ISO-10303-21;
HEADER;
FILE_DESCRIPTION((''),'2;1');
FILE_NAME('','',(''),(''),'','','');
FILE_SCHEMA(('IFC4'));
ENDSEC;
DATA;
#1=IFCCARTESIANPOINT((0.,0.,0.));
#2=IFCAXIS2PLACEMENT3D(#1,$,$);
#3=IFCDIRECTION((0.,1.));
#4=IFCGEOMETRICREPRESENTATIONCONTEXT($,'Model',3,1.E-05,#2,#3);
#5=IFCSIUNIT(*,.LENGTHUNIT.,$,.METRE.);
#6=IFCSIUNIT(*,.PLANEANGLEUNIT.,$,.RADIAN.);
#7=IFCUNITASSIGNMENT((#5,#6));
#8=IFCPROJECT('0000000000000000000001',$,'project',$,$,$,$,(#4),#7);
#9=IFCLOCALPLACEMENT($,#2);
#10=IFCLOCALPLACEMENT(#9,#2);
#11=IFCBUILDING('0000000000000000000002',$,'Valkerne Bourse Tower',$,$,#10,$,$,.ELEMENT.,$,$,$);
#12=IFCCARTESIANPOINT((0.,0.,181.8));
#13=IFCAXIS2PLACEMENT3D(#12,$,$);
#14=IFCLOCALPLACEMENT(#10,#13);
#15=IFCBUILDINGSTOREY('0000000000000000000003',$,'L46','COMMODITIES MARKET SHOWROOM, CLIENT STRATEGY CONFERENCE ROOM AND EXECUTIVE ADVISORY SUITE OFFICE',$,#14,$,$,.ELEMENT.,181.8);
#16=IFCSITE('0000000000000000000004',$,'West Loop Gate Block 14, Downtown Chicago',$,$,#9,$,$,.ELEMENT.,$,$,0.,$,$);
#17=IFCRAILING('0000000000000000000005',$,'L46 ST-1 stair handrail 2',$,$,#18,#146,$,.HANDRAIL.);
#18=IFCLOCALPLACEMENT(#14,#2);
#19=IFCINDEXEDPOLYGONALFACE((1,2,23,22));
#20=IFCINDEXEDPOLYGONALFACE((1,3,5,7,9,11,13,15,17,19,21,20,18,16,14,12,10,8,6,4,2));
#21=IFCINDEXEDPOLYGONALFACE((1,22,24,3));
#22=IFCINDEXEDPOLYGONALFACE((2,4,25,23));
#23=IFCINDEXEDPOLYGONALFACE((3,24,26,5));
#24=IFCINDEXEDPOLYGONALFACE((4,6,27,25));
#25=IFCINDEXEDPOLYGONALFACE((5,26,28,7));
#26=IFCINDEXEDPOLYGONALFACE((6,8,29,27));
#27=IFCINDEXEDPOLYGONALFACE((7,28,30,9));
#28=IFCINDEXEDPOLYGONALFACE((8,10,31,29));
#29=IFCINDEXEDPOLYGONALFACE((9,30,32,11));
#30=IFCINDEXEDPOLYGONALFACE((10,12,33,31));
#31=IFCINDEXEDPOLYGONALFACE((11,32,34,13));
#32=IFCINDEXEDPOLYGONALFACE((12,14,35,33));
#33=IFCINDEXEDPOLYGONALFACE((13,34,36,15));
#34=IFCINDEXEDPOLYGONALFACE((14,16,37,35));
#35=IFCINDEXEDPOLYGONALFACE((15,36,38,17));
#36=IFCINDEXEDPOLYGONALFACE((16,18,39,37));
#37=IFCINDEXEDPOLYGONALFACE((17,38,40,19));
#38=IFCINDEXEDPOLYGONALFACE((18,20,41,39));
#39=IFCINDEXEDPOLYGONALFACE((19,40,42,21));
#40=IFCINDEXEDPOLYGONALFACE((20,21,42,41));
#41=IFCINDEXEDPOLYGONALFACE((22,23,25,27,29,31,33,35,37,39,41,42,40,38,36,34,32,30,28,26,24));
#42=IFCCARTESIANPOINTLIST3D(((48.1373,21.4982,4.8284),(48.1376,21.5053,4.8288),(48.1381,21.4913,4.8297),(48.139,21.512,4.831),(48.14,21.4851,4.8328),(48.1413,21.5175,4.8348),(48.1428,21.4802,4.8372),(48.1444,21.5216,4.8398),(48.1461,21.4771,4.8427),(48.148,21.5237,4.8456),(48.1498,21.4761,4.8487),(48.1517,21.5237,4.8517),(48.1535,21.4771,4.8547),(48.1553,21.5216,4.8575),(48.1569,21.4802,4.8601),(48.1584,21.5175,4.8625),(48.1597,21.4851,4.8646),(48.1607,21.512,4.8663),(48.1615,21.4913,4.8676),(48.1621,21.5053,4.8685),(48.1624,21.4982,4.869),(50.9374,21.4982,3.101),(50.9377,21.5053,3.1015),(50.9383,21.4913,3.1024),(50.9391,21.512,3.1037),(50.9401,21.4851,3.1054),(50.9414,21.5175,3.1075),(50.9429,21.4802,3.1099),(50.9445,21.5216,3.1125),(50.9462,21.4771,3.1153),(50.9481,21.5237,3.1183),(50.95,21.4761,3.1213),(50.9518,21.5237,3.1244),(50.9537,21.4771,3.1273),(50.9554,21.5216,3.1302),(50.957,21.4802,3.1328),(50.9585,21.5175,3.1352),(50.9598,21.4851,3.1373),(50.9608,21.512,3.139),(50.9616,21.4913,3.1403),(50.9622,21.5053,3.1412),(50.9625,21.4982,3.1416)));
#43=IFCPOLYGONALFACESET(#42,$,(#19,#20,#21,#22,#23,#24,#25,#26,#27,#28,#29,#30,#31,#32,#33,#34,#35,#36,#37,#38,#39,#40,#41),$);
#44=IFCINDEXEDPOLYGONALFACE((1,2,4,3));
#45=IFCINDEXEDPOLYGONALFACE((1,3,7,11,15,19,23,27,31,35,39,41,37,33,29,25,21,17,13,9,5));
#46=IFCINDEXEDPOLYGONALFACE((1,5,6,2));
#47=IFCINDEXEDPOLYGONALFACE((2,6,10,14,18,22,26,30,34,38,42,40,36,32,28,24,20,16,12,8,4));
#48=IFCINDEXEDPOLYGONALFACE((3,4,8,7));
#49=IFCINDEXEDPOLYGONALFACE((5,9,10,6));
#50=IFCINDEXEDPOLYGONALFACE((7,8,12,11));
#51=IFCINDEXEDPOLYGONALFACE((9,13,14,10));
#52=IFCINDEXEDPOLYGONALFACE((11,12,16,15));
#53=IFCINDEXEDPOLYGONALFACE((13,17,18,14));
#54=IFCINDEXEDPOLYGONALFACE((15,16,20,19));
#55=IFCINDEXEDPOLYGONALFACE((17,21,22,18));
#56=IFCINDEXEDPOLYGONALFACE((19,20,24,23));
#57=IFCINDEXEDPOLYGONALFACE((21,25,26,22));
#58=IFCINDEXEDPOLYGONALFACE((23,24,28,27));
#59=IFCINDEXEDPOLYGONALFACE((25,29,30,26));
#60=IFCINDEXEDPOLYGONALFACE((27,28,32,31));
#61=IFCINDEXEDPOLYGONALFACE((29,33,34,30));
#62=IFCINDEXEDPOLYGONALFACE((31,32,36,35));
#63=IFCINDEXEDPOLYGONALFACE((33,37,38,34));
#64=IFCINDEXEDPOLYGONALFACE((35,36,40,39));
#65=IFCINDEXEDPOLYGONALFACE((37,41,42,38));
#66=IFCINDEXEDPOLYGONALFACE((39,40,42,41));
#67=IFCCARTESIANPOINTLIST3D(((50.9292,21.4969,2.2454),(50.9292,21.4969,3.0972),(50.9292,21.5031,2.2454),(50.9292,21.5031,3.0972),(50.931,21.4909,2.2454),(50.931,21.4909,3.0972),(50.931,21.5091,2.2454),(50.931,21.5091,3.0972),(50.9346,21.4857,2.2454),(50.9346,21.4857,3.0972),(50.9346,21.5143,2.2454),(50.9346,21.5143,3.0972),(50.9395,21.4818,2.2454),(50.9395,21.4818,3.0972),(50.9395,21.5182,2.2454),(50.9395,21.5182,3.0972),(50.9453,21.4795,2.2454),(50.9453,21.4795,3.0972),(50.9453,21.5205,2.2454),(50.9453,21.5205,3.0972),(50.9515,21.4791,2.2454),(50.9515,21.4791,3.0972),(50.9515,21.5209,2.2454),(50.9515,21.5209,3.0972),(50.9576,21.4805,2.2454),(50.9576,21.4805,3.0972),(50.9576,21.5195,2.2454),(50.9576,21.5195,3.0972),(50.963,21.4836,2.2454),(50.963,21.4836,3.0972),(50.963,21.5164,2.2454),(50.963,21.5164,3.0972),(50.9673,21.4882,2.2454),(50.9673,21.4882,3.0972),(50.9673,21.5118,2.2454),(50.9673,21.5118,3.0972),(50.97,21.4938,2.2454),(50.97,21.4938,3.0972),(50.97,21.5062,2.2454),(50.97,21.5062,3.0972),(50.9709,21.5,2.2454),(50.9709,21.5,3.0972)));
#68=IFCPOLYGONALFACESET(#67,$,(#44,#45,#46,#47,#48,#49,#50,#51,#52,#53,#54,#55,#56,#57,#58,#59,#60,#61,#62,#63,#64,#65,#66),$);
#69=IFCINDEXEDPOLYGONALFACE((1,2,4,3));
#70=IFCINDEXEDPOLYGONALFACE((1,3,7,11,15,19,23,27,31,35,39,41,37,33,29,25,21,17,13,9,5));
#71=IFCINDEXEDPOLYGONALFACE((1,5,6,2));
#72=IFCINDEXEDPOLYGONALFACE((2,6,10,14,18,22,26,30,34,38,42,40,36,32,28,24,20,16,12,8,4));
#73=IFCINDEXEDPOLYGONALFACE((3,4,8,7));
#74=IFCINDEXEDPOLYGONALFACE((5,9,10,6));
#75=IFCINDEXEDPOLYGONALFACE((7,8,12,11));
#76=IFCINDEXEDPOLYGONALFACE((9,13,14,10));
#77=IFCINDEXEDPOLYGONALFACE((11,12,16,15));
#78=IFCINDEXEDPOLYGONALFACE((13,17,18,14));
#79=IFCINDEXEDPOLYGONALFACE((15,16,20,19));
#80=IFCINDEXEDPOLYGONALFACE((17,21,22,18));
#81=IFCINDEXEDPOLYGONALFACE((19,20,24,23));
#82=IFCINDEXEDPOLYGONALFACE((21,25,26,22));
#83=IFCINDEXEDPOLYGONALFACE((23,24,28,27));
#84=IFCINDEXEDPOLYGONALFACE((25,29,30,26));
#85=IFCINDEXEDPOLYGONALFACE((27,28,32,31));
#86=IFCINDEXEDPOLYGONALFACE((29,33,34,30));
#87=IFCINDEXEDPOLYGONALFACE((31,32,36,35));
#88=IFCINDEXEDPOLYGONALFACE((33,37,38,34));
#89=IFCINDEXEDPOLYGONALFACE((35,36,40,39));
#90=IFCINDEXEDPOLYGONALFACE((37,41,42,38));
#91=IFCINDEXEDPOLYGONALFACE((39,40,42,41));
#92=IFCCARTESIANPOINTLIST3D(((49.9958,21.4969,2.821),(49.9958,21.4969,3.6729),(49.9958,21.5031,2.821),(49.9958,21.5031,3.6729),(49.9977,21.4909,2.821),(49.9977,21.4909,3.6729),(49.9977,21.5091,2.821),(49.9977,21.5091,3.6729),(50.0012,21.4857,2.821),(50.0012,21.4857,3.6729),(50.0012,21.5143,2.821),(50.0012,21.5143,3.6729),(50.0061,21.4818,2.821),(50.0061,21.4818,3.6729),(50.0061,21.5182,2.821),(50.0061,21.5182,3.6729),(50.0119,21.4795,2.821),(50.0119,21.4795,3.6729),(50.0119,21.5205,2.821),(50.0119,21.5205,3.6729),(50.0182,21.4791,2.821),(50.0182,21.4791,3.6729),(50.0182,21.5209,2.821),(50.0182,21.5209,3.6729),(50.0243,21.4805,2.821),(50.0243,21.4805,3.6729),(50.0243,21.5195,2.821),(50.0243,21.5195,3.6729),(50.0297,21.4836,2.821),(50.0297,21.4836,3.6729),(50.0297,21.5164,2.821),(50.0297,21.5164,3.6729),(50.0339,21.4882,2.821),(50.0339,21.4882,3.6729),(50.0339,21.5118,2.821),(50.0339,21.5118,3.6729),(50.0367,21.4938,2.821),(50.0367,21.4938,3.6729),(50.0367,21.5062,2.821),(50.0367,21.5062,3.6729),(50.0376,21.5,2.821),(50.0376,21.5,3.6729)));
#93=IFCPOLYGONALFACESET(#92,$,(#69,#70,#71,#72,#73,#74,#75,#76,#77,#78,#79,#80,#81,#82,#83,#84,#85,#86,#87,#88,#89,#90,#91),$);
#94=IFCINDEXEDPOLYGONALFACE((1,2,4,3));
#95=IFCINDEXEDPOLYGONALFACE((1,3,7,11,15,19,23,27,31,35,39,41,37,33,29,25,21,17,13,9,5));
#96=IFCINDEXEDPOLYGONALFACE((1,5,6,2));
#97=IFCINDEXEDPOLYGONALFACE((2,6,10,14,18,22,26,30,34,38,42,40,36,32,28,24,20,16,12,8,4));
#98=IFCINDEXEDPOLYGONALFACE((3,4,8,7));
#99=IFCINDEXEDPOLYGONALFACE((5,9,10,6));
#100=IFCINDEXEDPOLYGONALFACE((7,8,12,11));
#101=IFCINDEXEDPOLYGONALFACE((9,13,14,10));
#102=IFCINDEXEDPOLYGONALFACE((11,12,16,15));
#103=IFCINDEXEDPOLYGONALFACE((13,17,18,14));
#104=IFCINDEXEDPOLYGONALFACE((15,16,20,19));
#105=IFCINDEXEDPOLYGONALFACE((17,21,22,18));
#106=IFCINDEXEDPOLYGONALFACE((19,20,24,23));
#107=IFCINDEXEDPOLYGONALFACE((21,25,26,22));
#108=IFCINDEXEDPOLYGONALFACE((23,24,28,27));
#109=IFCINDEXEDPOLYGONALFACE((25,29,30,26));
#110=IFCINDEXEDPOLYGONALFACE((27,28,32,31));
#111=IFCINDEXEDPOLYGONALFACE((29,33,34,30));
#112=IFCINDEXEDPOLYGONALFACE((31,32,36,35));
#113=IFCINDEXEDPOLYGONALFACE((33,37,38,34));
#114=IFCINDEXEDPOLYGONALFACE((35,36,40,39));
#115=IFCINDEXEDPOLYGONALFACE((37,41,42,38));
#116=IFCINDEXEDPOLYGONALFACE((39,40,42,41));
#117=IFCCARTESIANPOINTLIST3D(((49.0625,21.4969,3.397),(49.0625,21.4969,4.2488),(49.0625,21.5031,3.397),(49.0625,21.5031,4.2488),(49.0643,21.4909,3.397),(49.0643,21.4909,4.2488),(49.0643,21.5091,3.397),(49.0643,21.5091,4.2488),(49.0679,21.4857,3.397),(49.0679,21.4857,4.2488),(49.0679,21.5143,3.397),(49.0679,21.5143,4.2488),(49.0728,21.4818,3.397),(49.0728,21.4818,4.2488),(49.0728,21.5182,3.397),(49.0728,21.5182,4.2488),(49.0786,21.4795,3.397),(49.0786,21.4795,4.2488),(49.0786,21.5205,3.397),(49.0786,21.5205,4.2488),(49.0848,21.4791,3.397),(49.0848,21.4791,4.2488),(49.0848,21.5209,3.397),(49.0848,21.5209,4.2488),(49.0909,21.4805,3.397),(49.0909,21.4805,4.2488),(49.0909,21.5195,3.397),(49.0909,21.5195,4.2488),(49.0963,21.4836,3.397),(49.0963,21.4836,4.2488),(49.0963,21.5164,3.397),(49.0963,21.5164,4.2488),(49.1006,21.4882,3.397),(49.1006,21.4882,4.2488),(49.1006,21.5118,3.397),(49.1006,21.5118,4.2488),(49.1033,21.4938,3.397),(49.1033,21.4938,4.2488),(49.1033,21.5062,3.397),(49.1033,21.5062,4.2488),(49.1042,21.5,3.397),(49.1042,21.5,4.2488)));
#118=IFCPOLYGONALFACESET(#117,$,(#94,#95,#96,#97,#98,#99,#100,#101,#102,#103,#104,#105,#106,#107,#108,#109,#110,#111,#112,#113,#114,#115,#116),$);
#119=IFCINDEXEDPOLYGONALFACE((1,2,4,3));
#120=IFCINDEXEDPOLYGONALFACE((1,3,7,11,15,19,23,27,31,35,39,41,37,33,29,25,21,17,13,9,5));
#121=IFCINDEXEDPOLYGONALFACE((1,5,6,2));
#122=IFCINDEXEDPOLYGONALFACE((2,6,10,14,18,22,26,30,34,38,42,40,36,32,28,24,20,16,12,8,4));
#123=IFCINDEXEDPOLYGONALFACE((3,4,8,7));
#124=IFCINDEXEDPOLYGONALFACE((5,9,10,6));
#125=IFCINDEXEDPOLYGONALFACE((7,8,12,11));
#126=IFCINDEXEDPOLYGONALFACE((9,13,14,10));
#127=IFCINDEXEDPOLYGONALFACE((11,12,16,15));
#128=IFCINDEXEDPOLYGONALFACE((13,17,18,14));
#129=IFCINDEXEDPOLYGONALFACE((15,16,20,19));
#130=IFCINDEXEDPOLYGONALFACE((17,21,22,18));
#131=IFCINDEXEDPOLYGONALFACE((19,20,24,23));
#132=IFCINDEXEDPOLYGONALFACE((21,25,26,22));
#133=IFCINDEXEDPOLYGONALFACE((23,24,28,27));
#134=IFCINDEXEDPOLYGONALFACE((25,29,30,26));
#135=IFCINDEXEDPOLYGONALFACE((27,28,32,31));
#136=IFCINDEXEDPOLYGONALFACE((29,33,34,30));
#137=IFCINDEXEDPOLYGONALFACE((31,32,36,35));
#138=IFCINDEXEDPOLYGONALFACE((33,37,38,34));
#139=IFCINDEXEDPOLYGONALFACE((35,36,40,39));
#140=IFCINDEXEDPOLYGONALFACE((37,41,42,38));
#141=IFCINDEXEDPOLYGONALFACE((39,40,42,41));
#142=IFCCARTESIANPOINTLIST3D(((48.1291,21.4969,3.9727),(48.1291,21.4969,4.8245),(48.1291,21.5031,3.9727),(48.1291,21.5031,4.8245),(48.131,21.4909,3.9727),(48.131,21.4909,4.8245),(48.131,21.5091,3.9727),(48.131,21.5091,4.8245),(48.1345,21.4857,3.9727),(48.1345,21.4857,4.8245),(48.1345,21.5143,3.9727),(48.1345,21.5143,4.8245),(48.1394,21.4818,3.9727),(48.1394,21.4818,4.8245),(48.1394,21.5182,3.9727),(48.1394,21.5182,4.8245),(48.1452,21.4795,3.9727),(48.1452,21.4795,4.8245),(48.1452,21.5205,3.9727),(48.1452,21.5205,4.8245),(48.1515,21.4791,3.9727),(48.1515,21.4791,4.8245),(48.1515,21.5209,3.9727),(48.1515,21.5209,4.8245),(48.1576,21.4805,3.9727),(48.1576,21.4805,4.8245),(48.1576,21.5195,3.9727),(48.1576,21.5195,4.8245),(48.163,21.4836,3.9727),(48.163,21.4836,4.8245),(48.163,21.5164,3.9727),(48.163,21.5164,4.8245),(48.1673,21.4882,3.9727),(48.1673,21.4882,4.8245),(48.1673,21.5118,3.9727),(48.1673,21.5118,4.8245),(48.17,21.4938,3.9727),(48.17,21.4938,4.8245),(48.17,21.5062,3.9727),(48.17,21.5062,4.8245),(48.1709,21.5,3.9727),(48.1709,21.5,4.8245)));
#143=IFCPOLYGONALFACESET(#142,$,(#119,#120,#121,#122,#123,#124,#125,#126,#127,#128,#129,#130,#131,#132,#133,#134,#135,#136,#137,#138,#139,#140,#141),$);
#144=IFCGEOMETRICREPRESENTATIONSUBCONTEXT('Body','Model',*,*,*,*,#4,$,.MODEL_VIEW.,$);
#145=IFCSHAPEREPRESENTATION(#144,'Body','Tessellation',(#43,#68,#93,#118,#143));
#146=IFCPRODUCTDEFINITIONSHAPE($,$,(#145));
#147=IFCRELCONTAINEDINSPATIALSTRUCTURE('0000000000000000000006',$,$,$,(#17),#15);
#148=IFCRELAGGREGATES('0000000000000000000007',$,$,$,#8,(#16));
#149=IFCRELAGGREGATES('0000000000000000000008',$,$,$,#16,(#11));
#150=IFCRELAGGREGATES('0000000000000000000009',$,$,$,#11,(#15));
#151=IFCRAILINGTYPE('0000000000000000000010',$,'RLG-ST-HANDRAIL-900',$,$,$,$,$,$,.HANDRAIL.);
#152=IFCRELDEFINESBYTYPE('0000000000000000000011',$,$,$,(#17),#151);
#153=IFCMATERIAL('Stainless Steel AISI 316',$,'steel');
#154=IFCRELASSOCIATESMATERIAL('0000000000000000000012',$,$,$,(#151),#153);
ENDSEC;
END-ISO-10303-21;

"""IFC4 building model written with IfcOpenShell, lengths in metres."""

from ifc_helpers import new_model, si_unit, direction, frame, origin, origin_2d, place, context, subcontext, project, spatial, circle, extrude, material, type_object, element, save


model = new_model("IFC4")

# Units and contexts
model_context = context("Model", 3, precision=1e-05, world=origin(), true_north=direction((0.0, 1.0)))
body_context = subcontext(model_context, "Body", "Model", "MODEL_VIEW")
ifc_project = project(units=[si_unit("LENGTHUNIT", "METRE"), si_unit("PLANEANGLEUNIT", "RADIAN")], contexts=[model_context])

# Site, building, storey
site_placement = place(None, origin())
site = spatial("IfcSite", under=ifc_project, at=site_placement, Name="West Loop Gate Block 14, Downtown Chicago", CompositionType="ELEMENT", RefElevation=0.0)
building_placement = place(site_placement, origin())
building = spatial("IfcBuilding", under=site, at=building_placement, Name="Valkerne Bourse Tower", CompositionType="ELEMENT")
storey_placement = place(building_placement, frame((0.0, 0.0, 181.8)))
storey = spatial("IfcBuildingStorey", under=building, at=storey_placement, Name="L46", Description="COMMODITIES MARKET SHOWROOM, CLIENT STRATEGY CONFERENCE ROOM AND EXECUTIVE ADVISORY SUITE OFFICE", CompositionType="ELEMENT", Elevation=181.8)

# Shared definitions
ifc_material_1 = material(Name="Stainless Steel AISI 316", Category="steel")

# Railing
railing_type_1 = type_object("IfcRailingType", Name="RLG-ST-HANDRAIL-900", PredefinedType="HANDRAIL", material=ifc_material_1)
railing_1_placement = place(storey_placement, frame((50.95, 21.5, 2.2454)))
element("IfcRailing", 1, at=railing_1_placement, inside=storey, type_object=railing_type_1, Name="L46 ST-1 stair handrail 2", PredefinedType="HANDRAIL", context=body_context, shape_type="SweptSolid", body=[
    extrude(circle(Radius=0.0239, at=origin_2d()), frame((0.0, 0.0, 0.876), z_axis=(-0.85109, 0.0, 0.52502), x_axis=(0.0, -1.0, 0.0)), (0.0, 0.0, 1.0), 3.29),
    extrude(circle(Radius=0.021, at=origin_2d()), origin(), (0.0, 0.0, 1.0), 0.8518),
    extrude(circle(Radius=0.021, at=origin_2d()), frame((-0.9333, 0.0, 0.5757)), (0.0, 0.0, 1.0), 0.8518),
    extrude(circle(Radius=0.021, at=origin_2d()), frame((-1.8667, 0.0, 1.1516)), (0.0, 0.0, 1.0), 0.8518),
    extrude(circle(Radius=0.021, at=origin_2d()), frame((-2.8, 0.0, 1.7273)), (0.0, 0.0, 1.0), 0.8518),
])

save(model, "model.ifc")
